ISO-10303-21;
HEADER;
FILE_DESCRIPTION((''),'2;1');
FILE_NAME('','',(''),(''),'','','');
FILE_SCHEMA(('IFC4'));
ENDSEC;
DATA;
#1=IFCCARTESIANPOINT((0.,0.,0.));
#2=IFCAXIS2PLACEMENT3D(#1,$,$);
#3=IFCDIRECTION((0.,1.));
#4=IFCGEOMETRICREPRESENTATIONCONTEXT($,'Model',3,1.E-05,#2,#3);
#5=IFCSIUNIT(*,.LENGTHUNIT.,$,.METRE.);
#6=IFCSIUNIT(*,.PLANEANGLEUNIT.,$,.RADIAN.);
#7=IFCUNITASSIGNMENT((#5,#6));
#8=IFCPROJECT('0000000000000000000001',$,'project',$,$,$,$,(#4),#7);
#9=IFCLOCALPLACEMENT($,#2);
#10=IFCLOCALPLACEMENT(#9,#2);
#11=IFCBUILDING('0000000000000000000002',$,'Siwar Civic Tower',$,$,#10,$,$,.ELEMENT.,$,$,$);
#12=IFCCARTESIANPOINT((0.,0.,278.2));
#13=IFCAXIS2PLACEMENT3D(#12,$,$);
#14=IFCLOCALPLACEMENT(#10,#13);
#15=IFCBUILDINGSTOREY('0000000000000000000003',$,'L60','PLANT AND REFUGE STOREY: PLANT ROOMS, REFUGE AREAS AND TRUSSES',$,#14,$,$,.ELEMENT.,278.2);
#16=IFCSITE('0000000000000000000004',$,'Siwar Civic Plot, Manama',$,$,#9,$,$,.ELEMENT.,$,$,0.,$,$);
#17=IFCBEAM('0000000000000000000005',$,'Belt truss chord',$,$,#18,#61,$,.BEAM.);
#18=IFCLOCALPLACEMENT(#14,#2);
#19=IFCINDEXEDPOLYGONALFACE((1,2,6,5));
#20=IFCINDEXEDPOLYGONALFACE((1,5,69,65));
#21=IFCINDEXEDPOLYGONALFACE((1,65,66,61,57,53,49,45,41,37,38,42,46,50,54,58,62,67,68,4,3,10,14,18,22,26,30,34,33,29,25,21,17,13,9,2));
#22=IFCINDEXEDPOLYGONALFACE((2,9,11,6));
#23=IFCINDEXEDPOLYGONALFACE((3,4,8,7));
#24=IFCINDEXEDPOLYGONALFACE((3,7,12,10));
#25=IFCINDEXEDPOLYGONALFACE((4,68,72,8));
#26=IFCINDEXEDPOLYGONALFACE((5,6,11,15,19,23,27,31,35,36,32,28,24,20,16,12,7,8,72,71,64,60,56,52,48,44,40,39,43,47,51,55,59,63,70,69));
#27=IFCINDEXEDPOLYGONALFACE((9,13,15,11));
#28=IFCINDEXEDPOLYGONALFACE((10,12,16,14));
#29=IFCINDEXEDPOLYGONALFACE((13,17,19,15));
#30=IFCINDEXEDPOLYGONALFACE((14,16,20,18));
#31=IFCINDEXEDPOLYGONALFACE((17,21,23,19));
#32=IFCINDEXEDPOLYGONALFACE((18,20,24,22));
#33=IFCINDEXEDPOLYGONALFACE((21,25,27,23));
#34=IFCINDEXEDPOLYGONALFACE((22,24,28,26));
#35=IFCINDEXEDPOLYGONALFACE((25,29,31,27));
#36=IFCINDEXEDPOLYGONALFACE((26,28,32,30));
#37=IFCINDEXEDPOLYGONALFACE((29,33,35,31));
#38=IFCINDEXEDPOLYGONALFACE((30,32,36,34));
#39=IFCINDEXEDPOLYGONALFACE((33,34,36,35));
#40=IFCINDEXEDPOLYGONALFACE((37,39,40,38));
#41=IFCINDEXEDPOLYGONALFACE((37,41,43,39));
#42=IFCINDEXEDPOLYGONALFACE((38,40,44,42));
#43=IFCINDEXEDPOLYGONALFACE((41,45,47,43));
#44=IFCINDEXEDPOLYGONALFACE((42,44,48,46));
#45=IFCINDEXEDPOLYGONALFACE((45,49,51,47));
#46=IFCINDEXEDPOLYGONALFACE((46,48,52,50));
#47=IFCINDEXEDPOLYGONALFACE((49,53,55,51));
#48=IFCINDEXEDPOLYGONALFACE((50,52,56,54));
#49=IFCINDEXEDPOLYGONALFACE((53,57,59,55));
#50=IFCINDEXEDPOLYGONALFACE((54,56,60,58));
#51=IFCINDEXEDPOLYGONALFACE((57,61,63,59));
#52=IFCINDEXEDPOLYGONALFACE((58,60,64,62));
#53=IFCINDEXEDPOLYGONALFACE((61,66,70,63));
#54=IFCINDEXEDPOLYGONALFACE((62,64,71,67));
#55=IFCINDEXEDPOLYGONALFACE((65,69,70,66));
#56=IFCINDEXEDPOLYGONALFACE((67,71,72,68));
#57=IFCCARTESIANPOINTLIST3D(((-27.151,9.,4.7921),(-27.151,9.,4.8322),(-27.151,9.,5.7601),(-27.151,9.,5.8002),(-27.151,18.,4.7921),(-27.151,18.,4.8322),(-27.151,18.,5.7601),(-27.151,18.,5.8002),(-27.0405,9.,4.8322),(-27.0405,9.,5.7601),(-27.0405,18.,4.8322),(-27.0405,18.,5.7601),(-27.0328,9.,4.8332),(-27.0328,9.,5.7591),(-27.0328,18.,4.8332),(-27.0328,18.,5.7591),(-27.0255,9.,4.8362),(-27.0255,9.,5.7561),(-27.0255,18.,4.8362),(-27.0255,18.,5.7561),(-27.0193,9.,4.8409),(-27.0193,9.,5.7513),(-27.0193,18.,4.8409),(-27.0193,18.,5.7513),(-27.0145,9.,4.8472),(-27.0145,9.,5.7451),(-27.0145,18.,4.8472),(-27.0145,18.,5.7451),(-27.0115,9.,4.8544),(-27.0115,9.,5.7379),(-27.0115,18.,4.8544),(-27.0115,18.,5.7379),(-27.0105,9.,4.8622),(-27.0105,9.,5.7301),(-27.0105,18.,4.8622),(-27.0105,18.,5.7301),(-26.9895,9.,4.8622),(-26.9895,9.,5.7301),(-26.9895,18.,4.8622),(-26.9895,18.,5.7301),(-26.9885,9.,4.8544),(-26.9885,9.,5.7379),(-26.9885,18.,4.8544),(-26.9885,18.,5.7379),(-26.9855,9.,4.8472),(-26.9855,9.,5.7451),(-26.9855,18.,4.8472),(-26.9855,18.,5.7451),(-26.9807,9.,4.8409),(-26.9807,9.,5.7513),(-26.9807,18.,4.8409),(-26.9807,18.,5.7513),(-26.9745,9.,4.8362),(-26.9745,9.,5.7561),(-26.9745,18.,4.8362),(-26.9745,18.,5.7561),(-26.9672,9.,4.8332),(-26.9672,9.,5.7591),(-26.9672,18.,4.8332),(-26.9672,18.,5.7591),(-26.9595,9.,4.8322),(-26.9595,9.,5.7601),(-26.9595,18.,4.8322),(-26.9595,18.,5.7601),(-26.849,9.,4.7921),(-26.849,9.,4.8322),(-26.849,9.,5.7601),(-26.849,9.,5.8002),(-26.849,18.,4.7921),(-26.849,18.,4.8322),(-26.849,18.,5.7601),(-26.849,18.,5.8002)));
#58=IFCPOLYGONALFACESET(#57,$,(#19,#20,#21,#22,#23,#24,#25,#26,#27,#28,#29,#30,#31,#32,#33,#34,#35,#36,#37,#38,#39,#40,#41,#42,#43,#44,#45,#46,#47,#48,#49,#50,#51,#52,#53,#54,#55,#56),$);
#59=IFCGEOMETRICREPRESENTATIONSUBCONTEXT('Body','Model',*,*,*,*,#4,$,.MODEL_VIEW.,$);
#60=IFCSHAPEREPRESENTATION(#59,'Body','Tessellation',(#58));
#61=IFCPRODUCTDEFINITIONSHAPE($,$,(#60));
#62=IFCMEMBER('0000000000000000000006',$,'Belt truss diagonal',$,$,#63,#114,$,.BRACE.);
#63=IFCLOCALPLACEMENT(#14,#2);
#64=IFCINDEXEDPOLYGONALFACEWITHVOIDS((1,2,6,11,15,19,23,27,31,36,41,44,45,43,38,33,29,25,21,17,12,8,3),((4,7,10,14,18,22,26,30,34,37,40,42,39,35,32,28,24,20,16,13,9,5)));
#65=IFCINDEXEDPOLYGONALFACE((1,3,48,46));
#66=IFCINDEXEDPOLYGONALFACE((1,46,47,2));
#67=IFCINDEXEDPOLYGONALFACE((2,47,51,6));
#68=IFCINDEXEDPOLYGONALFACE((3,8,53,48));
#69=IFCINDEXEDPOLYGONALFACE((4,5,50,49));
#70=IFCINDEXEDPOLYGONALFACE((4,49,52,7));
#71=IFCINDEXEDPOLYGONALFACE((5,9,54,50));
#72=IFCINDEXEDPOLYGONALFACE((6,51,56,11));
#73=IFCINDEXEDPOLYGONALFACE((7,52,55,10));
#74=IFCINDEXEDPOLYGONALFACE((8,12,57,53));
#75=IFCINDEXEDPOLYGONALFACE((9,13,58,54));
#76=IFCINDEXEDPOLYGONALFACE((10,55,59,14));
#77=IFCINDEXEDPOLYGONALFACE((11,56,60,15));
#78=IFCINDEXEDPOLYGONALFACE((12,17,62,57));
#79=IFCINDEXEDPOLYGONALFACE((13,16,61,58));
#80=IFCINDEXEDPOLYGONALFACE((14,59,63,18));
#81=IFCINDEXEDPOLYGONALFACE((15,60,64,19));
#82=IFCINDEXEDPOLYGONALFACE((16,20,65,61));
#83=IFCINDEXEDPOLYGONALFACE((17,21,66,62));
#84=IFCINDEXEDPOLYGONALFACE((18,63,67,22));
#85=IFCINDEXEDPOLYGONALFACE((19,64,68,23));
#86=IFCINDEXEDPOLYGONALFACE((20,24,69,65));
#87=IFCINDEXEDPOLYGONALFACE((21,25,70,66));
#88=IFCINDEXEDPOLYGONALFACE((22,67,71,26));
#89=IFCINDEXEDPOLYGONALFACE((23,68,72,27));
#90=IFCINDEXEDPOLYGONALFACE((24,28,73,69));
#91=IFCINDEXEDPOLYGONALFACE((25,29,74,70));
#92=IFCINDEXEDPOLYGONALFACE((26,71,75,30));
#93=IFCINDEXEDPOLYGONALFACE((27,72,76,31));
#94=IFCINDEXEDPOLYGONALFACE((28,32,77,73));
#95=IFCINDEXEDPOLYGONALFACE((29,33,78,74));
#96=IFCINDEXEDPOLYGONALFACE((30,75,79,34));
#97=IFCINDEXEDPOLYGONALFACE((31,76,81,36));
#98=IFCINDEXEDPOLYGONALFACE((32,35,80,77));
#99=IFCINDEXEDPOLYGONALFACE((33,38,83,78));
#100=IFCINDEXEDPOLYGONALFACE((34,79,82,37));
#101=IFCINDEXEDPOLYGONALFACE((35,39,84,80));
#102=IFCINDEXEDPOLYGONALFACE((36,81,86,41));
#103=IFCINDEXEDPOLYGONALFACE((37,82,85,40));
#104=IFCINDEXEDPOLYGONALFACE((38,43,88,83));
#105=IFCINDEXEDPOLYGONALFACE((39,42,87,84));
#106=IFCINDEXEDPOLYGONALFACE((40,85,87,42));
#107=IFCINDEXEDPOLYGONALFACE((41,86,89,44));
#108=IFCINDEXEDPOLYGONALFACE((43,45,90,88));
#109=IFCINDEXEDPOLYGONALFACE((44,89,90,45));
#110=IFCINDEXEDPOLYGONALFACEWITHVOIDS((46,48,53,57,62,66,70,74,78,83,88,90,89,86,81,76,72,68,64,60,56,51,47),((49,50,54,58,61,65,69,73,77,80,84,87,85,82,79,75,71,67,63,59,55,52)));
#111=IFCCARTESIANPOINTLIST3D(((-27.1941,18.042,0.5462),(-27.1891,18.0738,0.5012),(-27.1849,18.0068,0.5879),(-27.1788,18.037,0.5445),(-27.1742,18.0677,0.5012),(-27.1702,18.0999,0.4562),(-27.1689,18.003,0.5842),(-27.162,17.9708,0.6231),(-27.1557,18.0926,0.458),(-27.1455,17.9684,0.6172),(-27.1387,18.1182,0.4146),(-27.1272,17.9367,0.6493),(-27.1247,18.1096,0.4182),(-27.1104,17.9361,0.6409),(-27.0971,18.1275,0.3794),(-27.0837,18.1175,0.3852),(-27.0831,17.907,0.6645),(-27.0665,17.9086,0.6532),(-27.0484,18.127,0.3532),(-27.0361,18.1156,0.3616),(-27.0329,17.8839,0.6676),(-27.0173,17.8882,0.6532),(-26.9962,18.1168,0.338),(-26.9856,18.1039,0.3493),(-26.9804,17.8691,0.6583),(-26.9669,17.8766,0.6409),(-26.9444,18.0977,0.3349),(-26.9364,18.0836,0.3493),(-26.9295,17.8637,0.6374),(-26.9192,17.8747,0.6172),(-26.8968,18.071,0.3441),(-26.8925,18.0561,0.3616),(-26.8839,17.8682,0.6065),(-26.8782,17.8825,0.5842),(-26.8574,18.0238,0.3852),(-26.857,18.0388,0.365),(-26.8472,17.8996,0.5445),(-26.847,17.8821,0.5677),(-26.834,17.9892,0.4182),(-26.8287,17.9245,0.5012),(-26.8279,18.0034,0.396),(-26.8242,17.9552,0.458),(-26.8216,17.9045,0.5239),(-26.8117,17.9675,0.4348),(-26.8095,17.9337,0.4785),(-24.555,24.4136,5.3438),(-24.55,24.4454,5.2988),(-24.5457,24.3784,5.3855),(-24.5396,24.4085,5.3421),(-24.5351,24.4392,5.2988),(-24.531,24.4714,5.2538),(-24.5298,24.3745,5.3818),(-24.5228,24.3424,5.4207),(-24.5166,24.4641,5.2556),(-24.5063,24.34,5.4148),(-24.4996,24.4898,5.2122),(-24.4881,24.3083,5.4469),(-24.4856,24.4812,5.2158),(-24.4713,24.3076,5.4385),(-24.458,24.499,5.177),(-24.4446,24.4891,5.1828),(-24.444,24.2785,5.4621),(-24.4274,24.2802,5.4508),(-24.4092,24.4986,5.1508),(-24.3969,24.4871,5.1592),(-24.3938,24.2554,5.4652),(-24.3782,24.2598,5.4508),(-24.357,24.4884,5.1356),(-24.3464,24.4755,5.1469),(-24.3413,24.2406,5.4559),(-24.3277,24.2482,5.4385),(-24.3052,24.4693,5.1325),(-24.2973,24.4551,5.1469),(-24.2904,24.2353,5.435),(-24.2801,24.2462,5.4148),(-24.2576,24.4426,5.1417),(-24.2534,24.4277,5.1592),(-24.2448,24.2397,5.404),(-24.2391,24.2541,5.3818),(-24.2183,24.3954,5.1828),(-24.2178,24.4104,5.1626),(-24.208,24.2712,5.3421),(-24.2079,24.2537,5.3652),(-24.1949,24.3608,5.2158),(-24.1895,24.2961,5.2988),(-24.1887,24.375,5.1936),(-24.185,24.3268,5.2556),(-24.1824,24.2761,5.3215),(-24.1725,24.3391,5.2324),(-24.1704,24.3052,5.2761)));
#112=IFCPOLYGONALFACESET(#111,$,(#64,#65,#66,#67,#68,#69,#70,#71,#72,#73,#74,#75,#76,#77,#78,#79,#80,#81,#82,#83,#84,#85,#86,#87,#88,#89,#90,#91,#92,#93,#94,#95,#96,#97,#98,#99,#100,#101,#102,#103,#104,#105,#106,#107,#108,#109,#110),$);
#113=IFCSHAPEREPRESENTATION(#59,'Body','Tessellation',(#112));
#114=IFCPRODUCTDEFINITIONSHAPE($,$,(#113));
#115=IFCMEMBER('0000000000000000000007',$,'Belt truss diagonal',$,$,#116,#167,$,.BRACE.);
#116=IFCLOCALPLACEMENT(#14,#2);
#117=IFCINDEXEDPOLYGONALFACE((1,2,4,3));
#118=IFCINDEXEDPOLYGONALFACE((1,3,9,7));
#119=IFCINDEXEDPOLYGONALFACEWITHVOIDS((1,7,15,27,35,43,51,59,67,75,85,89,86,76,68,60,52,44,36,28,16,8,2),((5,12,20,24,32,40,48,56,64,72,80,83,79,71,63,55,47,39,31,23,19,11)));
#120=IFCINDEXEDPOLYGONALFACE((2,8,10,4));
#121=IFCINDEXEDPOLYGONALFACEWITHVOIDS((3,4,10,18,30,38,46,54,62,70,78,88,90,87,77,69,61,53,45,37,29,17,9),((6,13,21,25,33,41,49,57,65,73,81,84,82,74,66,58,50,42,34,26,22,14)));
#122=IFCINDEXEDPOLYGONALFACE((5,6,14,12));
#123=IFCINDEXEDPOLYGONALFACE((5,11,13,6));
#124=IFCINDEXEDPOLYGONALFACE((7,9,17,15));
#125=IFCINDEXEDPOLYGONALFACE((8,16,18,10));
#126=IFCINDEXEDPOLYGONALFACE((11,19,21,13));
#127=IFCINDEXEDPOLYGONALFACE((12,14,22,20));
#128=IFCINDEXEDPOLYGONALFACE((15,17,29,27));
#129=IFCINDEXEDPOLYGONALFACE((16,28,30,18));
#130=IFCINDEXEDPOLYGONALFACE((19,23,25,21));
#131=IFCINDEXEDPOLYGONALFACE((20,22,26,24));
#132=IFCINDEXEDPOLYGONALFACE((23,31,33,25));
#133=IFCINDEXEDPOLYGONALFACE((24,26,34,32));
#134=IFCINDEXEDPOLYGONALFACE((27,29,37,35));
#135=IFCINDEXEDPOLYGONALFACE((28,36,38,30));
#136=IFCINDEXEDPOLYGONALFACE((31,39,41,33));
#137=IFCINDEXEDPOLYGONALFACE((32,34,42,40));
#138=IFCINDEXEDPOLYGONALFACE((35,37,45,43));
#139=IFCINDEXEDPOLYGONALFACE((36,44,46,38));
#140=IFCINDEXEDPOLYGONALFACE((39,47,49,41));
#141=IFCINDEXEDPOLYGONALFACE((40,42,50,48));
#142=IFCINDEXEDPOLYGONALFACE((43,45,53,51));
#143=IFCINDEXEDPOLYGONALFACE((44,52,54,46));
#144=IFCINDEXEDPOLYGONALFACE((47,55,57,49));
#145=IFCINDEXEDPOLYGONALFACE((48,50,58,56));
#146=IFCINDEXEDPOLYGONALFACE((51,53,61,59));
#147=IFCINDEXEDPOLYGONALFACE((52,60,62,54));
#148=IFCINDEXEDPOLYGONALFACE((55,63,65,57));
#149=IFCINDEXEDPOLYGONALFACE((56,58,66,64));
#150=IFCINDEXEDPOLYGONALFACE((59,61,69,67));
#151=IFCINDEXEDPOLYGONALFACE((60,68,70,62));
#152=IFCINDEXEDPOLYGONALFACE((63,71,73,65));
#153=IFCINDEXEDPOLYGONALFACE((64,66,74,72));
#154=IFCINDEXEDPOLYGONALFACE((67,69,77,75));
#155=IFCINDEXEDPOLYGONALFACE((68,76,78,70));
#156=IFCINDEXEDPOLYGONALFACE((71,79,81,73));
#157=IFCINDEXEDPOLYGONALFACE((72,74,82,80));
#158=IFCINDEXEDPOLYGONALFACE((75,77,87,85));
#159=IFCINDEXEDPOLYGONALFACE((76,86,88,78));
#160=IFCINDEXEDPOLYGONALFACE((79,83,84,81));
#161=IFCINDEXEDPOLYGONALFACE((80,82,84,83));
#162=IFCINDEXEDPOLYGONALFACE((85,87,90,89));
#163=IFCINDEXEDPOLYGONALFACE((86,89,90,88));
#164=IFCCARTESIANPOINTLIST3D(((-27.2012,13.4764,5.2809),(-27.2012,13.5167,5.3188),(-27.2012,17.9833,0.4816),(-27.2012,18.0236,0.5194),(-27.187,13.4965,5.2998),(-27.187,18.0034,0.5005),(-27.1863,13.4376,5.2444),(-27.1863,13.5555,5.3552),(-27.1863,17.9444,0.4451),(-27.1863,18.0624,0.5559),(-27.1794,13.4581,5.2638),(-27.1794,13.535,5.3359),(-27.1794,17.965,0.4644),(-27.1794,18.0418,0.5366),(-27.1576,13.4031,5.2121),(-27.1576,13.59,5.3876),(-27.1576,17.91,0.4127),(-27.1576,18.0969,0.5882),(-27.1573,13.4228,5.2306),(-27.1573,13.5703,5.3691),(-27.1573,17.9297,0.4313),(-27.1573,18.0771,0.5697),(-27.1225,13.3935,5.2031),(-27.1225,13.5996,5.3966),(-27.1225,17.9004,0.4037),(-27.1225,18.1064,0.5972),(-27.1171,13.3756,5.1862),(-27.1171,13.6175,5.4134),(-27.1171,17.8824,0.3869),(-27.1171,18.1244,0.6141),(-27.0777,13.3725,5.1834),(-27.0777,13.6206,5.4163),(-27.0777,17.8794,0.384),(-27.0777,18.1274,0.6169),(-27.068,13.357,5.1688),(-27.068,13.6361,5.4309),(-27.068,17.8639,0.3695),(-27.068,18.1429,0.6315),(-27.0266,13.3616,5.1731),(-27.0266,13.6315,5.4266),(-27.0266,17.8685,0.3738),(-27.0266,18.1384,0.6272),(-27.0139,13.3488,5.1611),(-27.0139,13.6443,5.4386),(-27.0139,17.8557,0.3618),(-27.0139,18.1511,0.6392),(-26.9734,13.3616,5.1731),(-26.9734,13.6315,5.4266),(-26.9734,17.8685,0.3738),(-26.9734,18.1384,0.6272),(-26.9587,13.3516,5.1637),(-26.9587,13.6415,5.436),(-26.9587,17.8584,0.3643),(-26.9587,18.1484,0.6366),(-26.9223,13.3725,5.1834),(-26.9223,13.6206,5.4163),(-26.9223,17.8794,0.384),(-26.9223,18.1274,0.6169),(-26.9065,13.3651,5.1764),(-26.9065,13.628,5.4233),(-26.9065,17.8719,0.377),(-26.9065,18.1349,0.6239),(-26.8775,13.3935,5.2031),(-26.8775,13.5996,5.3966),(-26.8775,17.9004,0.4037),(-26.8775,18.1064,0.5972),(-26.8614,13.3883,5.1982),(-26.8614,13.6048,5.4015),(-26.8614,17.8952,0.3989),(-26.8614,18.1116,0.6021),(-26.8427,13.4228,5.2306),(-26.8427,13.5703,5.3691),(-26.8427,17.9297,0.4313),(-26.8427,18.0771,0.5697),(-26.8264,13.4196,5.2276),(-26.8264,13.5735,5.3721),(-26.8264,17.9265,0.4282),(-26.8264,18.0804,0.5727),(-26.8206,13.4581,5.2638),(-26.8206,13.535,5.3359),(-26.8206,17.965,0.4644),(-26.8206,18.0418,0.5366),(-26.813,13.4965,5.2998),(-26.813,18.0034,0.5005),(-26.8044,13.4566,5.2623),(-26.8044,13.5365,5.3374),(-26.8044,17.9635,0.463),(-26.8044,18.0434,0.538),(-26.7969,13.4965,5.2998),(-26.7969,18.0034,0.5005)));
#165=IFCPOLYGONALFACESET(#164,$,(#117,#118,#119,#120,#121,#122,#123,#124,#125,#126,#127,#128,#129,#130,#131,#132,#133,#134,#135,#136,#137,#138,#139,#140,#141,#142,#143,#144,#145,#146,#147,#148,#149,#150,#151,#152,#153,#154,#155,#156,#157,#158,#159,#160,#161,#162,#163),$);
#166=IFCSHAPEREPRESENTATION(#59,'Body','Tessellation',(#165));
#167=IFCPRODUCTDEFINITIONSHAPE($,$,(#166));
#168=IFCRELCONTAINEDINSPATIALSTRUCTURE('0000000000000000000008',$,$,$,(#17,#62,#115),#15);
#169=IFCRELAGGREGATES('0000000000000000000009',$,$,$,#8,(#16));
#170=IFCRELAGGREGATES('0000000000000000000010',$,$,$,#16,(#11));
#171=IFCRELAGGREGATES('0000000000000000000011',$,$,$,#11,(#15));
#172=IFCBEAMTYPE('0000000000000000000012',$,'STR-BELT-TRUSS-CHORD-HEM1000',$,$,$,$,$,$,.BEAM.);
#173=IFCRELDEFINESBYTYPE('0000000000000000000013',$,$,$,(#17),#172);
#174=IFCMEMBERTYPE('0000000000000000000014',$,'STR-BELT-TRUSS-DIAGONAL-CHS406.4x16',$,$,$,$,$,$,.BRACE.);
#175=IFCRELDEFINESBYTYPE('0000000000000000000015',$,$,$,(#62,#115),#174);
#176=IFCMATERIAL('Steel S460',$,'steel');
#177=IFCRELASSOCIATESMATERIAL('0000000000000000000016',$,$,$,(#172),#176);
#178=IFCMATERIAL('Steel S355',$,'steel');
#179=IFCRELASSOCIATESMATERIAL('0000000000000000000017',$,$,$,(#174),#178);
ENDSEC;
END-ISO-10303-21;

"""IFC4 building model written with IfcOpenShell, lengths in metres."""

from ifc_helpers import new_model, si_unit, direction, frame, origin, origin_2d, place, context, subcontext, project, spatial, hollow_circle, i_section, extrude, material, material_profile, profile_set, type_object, element, save


model = new_model("IFC4")

# Units and contexts
model_context = context("Model", 3, precision=1e-05, world=origin(), true_north=direction((0.0, 1.0)))
body_context = subcontext(model_context, "Body", "Model", "MODEL_VIEW")
ifc_project = project(units=[si_unit("LENGTHUNIT", "METRE"), si_unit("PLANEANGLEUNIT", "RADIAN")], contexts=[model_context])

# Site, building, storey
site_placement = place(None, origin())
site = spatial("IfcSite", under=ifc_project, at=site_placement, Name="Siwar Civic Plot, Manama", CompositionType="ELEMENT", RefElevation=0.0)
building_placement = place(site_placement, origin())
building = spatial("IfcBuilding", under=site, at=building_placement, Name="Siwar Civic Tower", CompositionType="ELEMENT")
storey_placement = place(building_placement, frame((0.0, 0.0, 278.2)))
storey = spatial("IfcBuildingStorey", under=building, at=storey_placement, Name="L60", Description="PLANT AND REFUGE STOREY: PLANT ROOMS, REFUGE AREAS AND TRUSSES", CompositionType="ELEMENT", Elevation=278.2)

# Beam
ifc_material_1 = material(Name="Steel S460", Category="steel")
ifc_material_profile_1 = material_profile(ifc_material_1, i_section(OverallWidth=0.302, OverallDepth=1.0081, WebThickness=0.021, FlangeThickness=0.04, FilletRadius=0.03, at=origin_2d()), Name="HEM1000")
ifc_profile_set_1 = profile_set([ifc_material_profile_1], Name="Steel S460")
beam_type_1 = type_object("IfcBeamType", Name="STR-BELT-TRUSS-CHORD-HEM1000", PredefinedType="BEAM", material=ifc_profile_set_1)
for number, where, z_axis, x_axis, name in (
    (1, (-27.0, 18.0, 5.2961), (0.0, -1.0, 0.0), (1.0, 0.0, 0.0), "Belt truss chord"),
):
    element("IfcBeam", number, at=place(storey_placement, frame(where, z_axis=z_axis, x_axis=x_axis)), inside=storey, type_object=beam_type_1, Name=name, PredefinedType="BEAM", context=body_context, shape_type="SweptSolid", body=[
        extrude(i_section(OverallWidth=0.302, OverallDepth=1.0081, WebThickness=0.021, FlangeThickness=0.04, FilletRadius=0.03, at=origin_2d()), origin(), (0.0, 0.0, 1.0), 9.0),
    ])

# Members
ifc_material_2 = material(Name="Steel S355", Category="steel")
ifc_material_profile_2 = material_profile(ifc_material_2, hollow_circle(Radius=0.2031, WallThickness=0.0161, at=origin_2d()), Name="CHS406.4x16")
ifc_profile_set_2 = profile_set([ifc_material_profile_2], Name="Steel S355")
member_type_1 = type_object("IfcMemberType", Name="STR-BELT-TRUSS-DIAGONAL-CHS406.4x16", PredefinedType="BRACE", material=ifc_profile_set_2)
member_1_placement = place(storey_placement, frame((-27.0015, 17.9961, 0.5012), z_axis=(0.314143, 0.758418, 0.571066), x_axis=(-0.923881, 0.382679, 0.0)))
element("IfcMember", 2, at=member_1_placement, inside=storey, type_object=member_type_1, Name="Belt truss diagonal", PredefinedType="BRACE", context=body_context, shape_type="SweptSolid", body=[
    extrude(hollow_circle(Radius=0.2031, WallThickness=0.0161, at=origin_2d()), origin(), (0.0, 0.0, 1.0), 8.4011),
])
member_2_placement = place(storey_placement, frame((-27.0, 18.0034, 0.5005), z_axis=(0.0, -0.684545, 0.72897), x_axis=(1.0, 0.0, 0.0)))
element("IfcMember", 3, at=member_2_placement, inside=storey, type_object=member_type_1, Name="Belt truss diagonal", PredefinedType="BRACE", context=body_context, shape_type="SweptSolid", body=[
    extrude(hollow_circle(Radius=0.2031, WallThickness=0.0161, at=origin_2d()), origin(), (0.0, 0.0, 1.0), 6.5837),
])

save(model, "model.ifc")
